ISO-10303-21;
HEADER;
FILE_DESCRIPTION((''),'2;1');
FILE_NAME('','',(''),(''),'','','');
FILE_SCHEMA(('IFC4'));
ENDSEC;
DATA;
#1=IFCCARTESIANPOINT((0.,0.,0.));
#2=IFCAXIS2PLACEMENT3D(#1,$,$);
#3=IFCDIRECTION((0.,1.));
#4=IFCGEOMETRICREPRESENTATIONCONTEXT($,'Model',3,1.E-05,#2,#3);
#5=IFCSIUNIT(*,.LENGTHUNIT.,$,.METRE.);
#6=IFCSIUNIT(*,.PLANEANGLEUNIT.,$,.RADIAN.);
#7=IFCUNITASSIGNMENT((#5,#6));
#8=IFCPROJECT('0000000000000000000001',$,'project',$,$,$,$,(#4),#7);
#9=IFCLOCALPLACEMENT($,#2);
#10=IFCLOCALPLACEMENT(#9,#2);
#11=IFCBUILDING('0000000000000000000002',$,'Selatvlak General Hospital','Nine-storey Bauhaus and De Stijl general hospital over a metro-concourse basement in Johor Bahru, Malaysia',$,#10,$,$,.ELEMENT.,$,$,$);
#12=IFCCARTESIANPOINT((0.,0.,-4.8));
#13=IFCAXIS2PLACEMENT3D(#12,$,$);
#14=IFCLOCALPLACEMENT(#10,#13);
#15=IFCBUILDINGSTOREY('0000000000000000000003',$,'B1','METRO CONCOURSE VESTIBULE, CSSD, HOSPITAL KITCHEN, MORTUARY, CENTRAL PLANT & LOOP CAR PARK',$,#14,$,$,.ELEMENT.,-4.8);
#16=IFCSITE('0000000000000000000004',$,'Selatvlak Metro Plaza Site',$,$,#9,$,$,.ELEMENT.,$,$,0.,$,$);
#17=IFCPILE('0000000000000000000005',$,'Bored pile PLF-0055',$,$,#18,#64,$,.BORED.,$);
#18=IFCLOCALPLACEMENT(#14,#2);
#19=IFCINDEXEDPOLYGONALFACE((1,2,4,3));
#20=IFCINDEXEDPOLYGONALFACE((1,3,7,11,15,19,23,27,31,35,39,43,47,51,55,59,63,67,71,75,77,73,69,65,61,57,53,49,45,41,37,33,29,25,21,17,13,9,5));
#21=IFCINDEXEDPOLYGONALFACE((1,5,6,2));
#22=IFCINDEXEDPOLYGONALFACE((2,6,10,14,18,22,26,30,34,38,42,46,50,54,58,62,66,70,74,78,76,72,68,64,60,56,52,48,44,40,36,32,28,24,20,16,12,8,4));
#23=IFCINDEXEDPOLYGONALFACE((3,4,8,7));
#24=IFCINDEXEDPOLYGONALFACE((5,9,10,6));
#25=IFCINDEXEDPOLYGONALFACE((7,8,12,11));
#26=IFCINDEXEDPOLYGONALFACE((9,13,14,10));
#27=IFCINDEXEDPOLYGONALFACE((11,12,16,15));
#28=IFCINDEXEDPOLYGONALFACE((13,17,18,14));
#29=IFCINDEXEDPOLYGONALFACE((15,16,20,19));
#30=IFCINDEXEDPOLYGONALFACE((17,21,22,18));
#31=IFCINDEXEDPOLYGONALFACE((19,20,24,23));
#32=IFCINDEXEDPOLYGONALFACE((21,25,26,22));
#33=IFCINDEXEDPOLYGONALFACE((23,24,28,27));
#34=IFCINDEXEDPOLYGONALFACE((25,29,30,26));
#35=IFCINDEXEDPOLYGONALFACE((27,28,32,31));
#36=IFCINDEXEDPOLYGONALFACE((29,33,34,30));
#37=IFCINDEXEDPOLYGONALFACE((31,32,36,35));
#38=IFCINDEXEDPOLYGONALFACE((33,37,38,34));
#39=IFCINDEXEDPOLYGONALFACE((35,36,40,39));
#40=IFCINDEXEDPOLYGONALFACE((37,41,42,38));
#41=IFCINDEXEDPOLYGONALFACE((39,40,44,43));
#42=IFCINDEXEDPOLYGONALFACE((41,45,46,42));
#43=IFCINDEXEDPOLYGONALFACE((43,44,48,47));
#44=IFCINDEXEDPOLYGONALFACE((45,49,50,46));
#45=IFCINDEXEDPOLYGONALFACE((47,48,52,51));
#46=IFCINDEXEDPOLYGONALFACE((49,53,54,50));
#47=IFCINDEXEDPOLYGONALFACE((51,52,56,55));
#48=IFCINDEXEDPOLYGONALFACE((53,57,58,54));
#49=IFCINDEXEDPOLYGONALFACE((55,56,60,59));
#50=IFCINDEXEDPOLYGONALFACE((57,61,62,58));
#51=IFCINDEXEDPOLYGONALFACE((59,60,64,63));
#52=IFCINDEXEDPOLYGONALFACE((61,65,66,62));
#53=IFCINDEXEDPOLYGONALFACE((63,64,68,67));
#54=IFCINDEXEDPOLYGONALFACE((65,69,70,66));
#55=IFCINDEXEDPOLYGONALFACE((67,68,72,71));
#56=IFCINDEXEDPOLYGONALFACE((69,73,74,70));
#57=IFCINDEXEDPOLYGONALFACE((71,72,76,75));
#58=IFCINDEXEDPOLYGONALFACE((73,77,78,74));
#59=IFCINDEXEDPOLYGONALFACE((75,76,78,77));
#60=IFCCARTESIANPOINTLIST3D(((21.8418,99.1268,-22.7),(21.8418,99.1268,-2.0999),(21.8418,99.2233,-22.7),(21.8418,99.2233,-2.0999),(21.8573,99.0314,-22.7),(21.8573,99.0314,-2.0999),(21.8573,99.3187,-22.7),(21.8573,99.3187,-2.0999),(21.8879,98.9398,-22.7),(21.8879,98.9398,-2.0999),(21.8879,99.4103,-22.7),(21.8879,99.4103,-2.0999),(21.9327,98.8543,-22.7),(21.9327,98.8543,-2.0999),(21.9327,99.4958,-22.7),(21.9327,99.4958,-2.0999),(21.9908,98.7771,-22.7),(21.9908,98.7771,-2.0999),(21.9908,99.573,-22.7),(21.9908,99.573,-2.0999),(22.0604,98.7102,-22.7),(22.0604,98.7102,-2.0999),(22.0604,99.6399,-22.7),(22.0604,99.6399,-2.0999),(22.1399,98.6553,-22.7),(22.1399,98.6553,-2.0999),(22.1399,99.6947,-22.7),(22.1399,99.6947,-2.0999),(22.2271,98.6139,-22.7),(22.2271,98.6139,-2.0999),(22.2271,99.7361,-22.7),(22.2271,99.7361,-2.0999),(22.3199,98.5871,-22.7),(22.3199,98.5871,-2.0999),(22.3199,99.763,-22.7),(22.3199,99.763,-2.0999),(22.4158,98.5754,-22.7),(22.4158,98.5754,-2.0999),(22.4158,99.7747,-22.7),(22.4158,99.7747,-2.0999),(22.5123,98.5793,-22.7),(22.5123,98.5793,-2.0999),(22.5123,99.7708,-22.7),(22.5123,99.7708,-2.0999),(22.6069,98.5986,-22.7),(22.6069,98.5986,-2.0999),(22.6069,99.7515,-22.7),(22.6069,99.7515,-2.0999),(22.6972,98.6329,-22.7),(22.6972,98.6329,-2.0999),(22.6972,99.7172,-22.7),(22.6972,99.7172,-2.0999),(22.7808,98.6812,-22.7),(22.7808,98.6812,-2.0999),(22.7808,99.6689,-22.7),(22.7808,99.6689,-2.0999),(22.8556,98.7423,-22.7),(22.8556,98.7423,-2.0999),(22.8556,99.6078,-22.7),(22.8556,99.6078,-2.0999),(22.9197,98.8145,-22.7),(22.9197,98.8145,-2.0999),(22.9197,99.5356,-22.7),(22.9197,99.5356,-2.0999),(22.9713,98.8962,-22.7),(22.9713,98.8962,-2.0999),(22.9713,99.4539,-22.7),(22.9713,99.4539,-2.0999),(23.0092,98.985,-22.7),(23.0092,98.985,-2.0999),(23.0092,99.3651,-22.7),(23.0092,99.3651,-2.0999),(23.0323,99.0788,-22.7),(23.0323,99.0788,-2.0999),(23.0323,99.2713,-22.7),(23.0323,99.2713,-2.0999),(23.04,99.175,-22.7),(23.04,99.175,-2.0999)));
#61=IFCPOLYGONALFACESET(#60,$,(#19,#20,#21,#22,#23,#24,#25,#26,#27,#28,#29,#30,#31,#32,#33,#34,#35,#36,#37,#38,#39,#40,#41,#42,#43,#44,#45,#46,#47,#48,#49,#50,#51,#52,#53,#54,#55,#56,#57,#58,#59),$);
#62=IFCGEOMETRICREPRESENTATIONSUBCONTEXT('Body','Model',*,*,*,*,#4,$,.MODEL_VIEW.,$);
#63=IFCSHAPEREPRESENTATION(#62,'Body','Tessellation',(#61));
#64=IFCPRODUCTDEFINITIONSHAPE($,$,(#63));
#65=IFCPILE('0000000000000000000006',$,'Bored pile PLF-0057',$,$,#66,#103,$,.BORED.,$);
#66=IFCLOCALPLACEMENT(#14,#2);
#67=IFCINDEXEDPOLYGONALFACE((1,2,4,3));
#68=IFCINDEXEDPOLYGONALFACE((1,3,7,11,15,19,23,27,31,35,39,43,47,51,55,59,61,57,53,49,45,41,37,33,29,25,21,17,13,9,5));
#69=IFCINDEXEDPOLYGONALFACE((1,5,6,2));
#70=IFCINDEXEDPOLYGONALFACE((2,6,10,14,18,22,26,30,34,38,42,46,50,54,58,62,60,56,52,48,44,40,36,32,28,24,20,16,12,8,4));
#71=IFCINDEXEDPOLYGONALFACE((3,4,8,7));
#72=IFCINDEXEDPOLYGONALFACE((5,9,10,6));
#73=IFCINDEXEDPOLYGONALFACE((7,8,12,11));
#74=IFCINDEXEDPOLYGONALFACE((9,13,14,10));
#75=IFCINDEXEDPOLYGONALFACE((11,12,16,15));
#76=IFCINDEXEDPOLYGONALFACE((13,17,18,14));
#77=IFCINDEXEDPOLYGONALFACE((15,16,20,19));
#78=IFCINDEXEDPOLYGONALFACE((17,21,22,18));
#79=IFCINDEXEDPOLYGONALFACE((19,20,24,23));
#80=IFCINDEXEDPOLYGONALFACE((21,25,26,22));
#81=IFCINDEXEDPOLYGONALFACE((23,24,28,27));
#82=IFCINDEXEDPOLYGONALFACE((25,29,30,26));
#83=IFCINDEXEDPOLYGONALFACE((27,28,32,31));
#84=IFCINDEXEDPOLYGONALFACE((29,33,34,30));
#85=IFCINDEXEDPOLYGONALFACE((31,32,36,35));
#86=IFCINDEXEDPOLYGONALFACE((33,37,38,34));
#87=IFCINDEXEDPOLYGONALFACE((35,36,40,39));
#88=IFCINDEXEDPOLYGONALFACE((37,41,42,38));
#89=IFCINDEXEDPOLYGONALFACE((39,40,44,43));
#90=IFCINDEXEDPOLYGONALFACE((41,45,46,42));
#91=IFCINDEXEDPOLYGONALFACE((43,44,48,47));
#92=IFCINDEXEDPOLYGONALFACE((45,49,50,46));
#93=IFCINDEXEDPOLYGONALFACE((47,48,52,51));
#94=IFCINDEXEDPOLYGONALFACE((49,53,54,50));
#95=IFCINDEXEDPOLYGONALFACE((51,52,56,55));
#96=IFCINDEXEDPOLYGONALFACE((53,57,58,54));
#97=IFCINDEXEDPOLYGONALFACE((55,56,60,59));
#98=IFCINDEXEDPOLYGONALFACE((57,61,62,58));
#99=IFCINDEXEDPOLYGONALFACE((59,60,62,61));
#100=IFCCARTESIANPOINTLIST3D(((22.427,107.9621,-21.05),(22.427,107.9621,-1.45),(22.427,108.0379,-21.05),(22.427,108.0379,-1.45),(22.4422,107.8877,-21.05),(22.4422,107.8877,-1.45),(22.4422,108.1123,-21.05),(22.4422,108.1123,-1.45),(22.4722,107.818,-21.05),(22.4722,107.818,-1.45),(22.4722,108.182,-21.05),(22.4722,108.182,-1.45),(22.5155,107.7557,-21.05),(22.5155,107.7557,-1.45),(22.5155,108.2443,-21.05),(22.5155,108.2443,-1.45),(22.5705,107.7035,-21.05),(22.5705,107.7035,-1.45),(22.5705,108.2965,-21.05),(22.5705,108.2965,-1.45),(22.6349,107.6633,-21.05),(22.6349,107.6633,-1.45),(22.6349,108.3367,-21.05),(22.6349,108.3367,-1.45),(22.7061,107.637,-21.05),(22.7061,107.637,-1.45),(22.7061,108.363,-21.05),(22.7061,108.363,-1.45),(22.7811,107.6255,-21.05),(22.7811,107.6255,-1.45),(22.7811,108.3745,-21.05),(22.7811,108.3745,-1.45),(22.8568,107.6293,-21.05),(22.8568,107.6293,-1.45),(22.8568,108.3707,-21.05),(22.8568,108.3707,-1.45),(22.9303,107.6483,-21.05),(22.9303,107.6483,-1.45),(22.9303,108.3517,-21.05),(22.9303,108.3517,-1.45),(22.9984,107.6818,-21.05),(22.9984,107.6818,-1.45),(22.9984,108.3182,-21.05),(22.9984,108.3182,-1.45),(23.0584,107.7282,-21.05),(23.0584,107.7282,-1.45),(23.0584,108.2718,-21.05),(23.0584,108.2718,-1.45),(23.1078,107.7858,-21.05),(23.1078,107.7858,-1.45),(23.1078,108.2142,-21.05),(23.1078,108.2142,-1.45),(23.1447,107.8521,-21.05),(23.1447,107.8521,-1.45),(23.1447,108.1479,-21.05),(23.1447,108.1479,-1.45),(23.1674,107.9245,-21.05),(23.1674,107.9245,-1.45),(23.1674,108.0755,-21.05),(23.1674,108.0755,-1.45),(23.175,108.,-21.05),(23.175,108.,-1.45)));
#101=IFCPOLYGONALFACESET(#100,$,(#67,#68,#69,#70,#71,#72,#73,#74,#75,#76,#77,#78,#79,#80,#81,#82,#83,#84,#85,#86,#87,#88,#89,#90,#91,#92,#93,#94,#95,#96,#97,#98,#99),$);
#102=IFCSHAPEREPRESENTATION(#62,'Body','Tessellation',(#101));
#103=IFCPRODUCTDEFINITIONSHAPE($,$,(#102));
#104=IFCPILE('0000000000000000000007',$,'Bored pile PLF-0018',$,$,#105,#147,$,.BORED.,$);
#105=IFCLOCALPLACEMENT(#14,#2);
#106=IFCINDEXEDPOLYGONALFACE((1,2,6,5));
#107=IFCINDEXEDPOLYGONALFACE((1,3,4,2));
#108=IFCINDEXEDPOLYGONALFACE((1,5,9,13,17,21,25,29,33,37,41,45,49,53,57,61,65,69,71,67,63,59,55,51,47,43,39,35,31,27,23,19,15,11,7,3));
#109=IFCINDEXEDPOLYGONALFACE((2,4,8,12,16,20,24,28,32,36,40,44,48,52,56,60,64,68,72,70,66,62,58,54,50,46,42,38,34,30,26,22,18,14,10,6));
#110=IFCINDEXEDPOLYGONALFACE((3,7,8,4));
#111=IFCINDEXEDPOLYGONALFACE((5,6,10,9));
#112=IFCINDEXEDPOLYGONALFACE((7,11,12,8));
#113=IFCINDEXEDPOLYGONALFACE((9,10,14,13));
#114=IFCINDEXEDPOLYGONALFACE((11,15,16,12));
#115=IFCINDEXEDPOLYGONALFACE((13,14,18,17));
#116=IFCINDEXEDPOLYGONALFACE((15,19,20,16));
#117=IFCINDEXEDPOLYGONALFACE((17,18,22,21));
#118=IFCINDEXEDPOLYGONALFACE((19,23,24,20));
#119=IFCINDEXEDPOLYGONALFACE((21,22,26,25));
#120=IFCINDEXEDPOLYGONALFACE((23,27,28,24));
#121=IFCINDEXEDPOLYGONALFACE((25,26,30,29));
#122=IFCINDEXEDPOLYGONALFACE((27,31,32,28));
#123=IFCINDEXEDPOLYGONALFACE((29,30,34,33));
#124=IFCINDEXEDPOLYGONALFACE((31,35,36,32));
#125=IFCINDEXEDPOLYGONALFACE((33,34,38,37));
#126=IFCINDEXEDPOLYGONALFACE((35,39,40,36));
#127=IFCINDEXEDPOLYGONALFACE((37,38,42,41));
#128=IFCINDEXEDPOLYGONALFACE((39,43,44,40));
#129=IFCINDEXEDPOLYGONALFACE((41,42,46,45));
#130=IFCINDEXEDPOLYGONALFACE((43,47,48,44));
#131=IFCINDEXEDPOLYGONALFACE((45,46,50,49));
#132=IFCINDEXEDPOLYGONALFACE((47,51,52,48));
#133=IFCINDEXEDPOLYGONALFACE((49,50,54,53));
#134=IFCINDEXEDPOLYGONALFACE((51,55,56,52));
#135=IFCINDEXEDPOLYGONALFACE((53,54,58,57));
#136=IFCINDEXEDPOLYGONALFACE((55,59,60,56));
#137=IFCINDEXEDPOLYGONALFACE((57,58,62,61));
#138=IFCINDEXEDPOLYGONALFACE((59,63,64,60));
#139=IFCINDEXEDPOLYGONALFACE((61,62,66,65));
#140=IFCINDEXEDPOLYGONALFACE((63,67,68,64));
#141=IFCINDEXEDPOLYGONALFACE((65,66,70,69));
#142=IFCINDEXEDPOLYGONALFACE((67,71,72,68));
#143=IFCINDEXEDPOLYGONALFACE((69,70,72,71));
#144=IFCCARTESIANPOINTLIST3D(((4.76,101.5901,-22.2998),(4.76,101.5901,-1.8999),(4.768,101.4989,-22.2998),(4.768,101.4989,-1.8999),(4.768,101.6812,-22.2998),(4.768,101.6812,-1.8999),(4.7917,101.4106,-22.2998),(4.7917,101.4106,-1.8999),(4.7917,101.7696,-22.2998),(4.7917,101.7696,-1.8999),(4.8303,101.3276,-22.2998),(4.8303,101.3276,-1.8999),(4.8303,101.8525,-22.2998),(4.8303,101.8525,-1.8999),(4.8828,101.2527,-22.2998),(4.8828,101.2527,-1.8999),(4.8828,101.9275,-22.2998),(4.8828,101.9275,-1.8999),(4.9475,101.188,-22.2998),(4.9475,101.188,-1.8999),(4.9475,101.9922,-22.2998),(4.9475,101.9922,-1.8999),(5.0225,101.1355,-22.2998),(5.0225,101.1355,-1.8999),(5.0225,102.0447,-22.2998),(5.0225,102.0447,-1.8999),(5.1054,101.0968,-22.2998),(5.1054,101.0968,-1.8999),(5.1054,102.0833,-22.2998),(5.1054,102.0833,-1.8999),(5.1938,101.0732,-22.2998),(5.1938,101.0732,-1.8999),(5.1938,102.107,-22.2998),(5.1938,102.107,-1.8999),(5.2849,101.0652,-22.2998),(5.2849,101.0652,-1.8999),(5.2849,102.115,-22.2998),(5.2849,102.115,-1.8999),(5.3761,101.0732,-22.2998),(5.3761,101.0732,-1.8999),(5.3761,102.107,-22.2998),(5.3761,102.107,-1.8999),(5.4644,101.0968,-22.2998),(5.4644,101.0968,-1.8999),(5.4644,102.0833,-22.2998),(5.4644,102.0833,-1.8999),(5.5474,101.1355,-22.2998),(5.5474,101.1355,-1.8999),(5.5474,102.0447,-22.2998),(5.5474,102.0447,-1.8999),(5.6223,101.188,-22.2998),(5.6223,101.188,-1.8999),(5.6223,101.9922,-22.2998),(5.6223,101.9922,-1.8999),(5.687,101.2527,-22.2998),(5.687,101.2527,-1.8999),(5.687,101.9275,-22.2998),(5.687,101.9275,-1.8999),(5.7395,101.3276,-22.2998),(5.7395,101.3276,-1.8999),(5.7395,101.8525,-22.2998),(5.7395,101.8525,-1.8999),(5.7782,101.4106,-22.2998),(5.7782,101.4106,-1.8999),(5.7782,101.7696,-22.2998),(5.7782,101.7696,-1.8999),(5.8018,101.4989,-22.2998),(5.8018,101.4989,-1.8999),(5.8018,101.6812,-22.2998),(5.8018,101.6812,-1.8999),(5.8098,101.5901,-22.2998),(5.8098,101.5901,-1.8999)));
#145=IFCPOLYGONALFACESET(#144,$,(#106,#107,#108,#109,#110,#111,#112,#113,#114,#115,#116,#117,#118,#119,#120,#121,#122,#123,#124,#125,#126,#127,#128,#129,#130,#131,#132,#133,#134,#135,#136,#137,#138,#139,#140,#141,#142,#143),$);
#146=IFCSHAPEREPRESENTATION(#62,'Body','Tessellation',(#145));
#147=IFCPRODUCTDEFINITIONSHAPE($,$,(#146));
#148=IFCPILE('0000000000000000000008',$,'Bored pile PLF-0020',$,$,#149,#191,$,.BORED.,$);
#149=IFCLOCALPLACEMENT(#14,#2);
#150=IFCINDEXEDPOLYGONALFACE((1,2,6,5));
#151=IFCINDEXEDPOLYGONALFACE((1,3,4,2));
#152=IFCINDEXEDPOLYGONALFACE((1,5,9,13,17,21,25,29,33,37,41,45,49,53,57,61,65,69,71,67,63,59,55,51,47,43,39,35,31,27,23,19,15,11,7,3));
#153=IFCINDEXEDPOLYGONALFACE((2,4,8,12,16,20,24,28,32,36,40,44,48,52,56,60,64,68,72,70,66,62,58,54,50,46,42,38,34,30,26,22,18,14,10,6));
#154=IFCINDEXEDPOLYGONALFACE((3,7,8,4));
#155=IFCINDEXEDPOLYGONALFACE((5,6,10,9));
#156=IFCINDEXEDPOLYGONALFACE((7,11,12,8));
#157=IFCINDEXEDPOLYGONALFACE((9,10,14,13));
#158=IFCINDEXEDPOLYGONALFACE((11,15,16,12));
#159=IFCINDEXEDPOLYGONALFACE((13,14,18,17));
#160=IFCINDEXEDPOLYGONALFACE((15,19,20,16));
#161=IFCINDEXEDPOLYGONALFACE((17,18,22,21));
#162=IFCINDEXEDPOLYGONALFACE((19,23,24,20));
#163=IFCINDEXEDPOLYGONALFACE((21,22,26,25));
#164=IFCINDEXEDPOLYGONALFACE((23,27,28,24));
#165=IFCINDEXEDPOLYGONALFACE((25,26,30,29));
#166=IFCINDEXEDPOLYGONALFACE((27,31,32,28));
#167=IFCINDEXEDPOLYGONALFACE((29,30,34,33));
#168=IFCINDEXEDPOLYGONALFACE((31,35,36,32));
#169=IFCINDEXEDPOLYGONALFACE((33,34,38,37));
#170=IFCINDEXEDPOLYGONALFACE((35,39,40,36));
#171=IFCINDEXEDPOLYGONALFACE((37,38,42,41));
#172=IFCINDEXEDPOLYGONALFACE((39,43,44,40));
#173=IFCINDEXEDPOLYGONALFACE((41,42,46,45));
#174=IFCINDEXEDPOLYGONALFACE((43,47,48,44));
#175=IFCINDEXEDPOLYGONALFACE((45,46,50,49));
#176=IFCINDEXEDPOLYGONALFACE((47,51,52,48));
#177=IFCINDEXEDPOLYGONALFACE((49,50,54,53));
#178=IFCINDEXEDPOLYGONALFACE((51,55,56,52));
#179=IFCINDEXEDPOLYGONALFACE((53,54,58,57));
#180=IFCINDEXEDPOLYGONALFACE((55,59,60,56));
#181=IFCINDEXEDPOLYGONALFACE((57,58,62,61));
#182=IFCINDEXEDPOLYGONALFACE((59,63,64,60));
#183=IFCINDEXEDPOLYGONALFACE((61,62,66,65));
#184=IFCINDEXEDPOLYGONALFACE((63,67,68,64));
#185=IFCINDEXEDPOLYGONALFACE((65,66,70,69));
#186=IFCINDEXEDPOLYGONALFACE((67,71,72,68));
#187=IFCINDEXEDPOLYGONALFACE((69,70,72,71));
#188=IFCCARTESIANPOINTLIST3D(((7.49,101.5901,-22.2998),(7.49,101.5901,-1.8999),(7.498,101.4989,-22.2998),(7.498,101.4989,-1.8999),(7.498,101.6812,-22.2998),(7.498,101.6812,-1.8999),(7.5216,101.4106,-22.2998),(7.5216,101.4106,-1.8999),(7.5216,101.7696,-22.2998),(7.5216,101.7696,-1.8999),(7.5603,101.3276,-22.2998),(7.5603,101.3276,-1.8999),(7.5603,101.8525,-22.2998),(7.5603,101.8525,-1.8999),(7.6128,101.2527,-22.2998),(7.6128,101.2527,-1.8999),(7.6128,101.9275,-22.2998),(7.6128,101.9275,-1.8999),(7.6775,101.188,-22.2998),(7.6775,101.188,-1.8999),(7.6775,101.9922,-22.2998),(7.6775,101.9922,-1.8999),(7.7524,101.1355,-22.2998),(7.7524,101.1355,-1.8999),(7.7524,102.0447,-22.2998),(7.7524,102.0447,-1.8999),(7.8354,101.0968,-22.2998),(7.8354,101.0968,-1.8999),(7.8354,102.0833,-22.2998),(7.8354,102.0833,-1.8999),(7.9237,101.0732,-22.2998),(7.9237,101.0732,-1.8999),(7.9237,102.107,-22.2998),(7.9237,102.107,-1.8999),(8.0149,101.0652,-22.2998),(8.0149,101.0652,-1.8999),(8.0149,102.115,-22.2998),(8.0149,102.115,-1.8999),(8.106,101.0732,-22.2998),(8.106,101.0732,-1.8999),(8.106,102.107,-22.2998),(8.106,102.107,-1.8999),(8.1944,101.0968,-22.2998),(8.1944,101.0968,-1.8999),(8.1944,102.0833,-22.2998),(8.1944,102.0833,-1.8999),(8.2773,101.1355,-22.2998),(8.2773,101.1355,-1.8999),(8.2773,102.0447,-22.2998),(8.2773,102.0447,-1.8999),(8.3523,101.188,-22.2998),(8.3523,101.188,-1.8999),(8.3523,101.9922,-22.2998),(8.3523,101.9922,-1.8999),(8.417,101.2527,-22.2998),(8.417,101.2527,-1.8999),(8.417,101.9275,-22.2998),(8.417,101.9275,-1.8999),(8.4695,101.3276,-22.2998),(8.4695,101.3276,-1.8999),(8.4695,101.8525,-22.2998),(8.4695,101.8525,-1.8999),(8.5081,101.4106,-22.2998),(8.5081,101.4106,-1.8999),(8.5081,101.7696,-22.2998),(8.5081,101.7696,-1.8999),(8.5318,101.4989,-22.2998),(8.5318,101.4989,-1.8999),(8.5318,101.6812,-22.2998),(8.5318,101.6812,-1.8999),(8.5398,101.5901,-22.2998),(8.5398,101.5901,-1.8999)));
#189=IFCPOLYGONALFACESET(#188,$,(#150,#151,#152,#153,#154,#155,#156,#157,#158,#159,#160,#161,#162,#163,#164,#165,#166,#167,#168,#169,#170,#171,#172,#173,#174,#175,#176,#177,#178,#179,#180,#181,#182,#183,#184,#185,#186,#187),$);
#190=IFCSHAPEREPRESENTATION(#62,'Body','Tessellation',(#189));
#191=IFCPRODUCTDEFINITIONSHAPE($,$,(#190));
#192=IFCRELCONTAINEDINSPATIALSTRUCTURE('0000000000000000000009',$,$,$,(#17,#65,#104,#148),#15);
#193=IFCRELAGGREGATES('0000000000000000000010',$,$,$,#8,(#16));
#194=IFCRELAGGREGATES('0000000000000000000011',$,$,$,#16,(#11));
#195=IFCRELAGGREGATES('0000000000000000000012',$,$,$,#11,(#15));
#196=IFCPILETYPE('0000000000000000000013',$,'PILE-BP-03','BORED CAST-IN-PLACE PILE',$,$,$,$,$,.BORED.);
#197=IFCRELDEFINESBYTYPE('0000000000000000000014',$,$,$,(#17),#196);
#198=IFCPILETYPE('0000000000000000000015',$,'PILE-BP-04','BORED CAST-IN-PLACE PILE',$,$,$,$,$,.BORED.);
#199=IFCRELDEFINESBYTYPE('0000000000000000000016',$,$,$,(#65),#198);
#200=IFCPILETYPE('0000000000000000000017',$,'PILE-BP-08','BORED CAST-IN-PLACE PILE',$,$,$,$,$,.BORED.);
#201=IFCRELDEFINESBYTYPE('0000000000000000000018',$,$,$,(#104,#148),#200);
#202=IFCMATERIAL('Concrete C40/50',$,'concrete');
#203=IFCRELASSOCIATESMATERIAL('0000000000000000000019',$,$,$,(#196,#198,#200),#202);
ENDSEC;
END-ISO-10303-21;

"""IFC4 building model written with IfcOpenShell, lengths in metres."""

from ifc_helpers import new_model, si_unit, direction, frame, origin, origin_2d, place, context, subcontext, project, spatial, circle, extrude, material, material_profile, profile_set, type_object, element, save


model = new_model("IFC4")

# Units and contexts
model_context = context("Model", 3, precision=1e-05, world=origin(), true_north=direction((0.0, 1.0)))
body_context = subcontext(model_context, "Body", "Model", "MODEL_VIEW")
ifc_project = project(units=[si_unit("LENGTHUNIT", "METRE"), si_unit("PLANEANGLEUNIT", "RADIAN")], contexts=[model_context])

# Site, building, storey
site_placement = place(None, origin())
site = spatial("IfcSite", under=ifc_project, at=site_placement, Name="Selatvlak Metro Plaza Site", CompositionType="ELEMENT", RefElevation=0.0)
building_placement = place(site_placement, origin())
building = spatial("IfcBuilding", under=site, at=building_placement, Name="Selatvlak General Hospital", Description="Nine-storey Bauhaus and De Stijl general hospital over a metro-concourse basement in Johor Bahru, Malaysia", CompositionType="ELEMENT")
storey_placement = place(building_placement, frame((0.0, 0.0, -4.8)))
storey = spatial("IfcBuildingStorey", under=building, at=storey_placement, Name="B1", Description="METRO CONCOURSE VESTIBULE, CSSD, HOSPITAL KITCHEN, MORTUARY, CENTRAL PLANT & LOOP CAR PARK", CompositionType="ELEMENT", Elevation=-4.8)

# Shared definitions
ifc_material_1 = material(Name="Concrete C40/50", Category="concrete")

# Piles
ifc_material_profile_1 = material_profile(ifc_material_1, circle(Radius=0.6001, at=origin_2d()), Name="BORED PILE 1200")
ifc_profile_set_1 = profile_set([ifc_material_profile_1], Name="Concrete C40/50")
pile_type_1 = type_object("IfcPileType", Name="PILE-BP-03", Description="BORED CAST-IN-PLACE PILE", PredefinedType="BORED", material=ifc_profile_set_1)
pile_1_placement = place(storey_placement, frame((22.4399, 99.175, -2.0999), z_axis=(0.0, 0.0, -1.0), x_axis=(1.0, 0.0, 0.0)))
element("IfcPile", 1, at=pile_1_placement, inside=storey, type_object=pile_type_1, Name="Bored pile PLF-0055", PredefinedType="BORED", context=body_context, shape_type="SweptSolid", body=[
    extrude(circle(Radius=0.6001, at=origin_2d()), origin(), (0.0, 0.0, 1.0), 20.6001),
])
ifc_material_profile_2 = material_profile(ifc_material_1, circle(Radius=0.375, at=origin_2d()), Name="BORED PILE 750")
ifc_profile_set_2 = profile_set([ifc_material_profile_2], Name="Concrete C40/50")
pile_type_2 = type_object("IfcPileType", Name="PILE-BP-04", Description="BORED CAST-IN-PLACE PILE", PredefinedType="BORED", material=ifc_profile_set_2)
pile_2_placement = place(storey_placement, frame((22.8, 108.0, -1.45), z_axis=(0.0, 0.0, -1.0), x_axis=(1.0, 0.0, 0.0)))
element("IfcPile", 2, at=pile_2_placement, inside=storey, type_object=pile_type_2, Name="Bored pile PLF-0057", PredefinedType="BORED", context=body_context, shape_type="SweptSolid", body=[
    extrude(circle(Radius=0.375, at=origin_2d()), origin(), (0.0, 0.0, 1.0), 19.6001),
])
ifc_material_profile_3 = material_profile(ifc_material_1, circle(Radius=0.5249, at=origin_2d()), Name="BORED PILE 1050")
ifc_profile_set_3 = profile_set([ifc_material_profile_3], Name="Concrete C40/50")
pile_type_3 = type_object("IfcPileType", Name="PILE-BP-08", Description="BORED CAST-IN-PLACE PILE", PredefinedType="BORED", material=ifc_profile_set_3)
for number, where, z_axis, x_axis, name in (
    (3, (5.2849, 101.5901, -1.8999), (0.0, 0.0, -1.0), (1.0, 0.0, 0.0), "Bored pile PLF-0018"),
    (4, (8.0149, 101.5901, -1.8999), (0.0, 0.0, -1.0), (1.0, 0.0, 0.0), "Bored pile PLF-0020"),
):
    element("IfcPile", number, at=place(storey_placement, frame(where, z_axis=z_axis, x_axis=x_axis)), inside=storey, type_object=pile_type_3, Name=name, PredefinedType="BORED", context=body_context, shape_type="SweptSolid", body=[
        extrude(circle(Radius=0.5249, at=origin_2d()), origin(), (0.0, 0.0, 1.0), 20.3999),
    ])

save(model, "model.ifc")
